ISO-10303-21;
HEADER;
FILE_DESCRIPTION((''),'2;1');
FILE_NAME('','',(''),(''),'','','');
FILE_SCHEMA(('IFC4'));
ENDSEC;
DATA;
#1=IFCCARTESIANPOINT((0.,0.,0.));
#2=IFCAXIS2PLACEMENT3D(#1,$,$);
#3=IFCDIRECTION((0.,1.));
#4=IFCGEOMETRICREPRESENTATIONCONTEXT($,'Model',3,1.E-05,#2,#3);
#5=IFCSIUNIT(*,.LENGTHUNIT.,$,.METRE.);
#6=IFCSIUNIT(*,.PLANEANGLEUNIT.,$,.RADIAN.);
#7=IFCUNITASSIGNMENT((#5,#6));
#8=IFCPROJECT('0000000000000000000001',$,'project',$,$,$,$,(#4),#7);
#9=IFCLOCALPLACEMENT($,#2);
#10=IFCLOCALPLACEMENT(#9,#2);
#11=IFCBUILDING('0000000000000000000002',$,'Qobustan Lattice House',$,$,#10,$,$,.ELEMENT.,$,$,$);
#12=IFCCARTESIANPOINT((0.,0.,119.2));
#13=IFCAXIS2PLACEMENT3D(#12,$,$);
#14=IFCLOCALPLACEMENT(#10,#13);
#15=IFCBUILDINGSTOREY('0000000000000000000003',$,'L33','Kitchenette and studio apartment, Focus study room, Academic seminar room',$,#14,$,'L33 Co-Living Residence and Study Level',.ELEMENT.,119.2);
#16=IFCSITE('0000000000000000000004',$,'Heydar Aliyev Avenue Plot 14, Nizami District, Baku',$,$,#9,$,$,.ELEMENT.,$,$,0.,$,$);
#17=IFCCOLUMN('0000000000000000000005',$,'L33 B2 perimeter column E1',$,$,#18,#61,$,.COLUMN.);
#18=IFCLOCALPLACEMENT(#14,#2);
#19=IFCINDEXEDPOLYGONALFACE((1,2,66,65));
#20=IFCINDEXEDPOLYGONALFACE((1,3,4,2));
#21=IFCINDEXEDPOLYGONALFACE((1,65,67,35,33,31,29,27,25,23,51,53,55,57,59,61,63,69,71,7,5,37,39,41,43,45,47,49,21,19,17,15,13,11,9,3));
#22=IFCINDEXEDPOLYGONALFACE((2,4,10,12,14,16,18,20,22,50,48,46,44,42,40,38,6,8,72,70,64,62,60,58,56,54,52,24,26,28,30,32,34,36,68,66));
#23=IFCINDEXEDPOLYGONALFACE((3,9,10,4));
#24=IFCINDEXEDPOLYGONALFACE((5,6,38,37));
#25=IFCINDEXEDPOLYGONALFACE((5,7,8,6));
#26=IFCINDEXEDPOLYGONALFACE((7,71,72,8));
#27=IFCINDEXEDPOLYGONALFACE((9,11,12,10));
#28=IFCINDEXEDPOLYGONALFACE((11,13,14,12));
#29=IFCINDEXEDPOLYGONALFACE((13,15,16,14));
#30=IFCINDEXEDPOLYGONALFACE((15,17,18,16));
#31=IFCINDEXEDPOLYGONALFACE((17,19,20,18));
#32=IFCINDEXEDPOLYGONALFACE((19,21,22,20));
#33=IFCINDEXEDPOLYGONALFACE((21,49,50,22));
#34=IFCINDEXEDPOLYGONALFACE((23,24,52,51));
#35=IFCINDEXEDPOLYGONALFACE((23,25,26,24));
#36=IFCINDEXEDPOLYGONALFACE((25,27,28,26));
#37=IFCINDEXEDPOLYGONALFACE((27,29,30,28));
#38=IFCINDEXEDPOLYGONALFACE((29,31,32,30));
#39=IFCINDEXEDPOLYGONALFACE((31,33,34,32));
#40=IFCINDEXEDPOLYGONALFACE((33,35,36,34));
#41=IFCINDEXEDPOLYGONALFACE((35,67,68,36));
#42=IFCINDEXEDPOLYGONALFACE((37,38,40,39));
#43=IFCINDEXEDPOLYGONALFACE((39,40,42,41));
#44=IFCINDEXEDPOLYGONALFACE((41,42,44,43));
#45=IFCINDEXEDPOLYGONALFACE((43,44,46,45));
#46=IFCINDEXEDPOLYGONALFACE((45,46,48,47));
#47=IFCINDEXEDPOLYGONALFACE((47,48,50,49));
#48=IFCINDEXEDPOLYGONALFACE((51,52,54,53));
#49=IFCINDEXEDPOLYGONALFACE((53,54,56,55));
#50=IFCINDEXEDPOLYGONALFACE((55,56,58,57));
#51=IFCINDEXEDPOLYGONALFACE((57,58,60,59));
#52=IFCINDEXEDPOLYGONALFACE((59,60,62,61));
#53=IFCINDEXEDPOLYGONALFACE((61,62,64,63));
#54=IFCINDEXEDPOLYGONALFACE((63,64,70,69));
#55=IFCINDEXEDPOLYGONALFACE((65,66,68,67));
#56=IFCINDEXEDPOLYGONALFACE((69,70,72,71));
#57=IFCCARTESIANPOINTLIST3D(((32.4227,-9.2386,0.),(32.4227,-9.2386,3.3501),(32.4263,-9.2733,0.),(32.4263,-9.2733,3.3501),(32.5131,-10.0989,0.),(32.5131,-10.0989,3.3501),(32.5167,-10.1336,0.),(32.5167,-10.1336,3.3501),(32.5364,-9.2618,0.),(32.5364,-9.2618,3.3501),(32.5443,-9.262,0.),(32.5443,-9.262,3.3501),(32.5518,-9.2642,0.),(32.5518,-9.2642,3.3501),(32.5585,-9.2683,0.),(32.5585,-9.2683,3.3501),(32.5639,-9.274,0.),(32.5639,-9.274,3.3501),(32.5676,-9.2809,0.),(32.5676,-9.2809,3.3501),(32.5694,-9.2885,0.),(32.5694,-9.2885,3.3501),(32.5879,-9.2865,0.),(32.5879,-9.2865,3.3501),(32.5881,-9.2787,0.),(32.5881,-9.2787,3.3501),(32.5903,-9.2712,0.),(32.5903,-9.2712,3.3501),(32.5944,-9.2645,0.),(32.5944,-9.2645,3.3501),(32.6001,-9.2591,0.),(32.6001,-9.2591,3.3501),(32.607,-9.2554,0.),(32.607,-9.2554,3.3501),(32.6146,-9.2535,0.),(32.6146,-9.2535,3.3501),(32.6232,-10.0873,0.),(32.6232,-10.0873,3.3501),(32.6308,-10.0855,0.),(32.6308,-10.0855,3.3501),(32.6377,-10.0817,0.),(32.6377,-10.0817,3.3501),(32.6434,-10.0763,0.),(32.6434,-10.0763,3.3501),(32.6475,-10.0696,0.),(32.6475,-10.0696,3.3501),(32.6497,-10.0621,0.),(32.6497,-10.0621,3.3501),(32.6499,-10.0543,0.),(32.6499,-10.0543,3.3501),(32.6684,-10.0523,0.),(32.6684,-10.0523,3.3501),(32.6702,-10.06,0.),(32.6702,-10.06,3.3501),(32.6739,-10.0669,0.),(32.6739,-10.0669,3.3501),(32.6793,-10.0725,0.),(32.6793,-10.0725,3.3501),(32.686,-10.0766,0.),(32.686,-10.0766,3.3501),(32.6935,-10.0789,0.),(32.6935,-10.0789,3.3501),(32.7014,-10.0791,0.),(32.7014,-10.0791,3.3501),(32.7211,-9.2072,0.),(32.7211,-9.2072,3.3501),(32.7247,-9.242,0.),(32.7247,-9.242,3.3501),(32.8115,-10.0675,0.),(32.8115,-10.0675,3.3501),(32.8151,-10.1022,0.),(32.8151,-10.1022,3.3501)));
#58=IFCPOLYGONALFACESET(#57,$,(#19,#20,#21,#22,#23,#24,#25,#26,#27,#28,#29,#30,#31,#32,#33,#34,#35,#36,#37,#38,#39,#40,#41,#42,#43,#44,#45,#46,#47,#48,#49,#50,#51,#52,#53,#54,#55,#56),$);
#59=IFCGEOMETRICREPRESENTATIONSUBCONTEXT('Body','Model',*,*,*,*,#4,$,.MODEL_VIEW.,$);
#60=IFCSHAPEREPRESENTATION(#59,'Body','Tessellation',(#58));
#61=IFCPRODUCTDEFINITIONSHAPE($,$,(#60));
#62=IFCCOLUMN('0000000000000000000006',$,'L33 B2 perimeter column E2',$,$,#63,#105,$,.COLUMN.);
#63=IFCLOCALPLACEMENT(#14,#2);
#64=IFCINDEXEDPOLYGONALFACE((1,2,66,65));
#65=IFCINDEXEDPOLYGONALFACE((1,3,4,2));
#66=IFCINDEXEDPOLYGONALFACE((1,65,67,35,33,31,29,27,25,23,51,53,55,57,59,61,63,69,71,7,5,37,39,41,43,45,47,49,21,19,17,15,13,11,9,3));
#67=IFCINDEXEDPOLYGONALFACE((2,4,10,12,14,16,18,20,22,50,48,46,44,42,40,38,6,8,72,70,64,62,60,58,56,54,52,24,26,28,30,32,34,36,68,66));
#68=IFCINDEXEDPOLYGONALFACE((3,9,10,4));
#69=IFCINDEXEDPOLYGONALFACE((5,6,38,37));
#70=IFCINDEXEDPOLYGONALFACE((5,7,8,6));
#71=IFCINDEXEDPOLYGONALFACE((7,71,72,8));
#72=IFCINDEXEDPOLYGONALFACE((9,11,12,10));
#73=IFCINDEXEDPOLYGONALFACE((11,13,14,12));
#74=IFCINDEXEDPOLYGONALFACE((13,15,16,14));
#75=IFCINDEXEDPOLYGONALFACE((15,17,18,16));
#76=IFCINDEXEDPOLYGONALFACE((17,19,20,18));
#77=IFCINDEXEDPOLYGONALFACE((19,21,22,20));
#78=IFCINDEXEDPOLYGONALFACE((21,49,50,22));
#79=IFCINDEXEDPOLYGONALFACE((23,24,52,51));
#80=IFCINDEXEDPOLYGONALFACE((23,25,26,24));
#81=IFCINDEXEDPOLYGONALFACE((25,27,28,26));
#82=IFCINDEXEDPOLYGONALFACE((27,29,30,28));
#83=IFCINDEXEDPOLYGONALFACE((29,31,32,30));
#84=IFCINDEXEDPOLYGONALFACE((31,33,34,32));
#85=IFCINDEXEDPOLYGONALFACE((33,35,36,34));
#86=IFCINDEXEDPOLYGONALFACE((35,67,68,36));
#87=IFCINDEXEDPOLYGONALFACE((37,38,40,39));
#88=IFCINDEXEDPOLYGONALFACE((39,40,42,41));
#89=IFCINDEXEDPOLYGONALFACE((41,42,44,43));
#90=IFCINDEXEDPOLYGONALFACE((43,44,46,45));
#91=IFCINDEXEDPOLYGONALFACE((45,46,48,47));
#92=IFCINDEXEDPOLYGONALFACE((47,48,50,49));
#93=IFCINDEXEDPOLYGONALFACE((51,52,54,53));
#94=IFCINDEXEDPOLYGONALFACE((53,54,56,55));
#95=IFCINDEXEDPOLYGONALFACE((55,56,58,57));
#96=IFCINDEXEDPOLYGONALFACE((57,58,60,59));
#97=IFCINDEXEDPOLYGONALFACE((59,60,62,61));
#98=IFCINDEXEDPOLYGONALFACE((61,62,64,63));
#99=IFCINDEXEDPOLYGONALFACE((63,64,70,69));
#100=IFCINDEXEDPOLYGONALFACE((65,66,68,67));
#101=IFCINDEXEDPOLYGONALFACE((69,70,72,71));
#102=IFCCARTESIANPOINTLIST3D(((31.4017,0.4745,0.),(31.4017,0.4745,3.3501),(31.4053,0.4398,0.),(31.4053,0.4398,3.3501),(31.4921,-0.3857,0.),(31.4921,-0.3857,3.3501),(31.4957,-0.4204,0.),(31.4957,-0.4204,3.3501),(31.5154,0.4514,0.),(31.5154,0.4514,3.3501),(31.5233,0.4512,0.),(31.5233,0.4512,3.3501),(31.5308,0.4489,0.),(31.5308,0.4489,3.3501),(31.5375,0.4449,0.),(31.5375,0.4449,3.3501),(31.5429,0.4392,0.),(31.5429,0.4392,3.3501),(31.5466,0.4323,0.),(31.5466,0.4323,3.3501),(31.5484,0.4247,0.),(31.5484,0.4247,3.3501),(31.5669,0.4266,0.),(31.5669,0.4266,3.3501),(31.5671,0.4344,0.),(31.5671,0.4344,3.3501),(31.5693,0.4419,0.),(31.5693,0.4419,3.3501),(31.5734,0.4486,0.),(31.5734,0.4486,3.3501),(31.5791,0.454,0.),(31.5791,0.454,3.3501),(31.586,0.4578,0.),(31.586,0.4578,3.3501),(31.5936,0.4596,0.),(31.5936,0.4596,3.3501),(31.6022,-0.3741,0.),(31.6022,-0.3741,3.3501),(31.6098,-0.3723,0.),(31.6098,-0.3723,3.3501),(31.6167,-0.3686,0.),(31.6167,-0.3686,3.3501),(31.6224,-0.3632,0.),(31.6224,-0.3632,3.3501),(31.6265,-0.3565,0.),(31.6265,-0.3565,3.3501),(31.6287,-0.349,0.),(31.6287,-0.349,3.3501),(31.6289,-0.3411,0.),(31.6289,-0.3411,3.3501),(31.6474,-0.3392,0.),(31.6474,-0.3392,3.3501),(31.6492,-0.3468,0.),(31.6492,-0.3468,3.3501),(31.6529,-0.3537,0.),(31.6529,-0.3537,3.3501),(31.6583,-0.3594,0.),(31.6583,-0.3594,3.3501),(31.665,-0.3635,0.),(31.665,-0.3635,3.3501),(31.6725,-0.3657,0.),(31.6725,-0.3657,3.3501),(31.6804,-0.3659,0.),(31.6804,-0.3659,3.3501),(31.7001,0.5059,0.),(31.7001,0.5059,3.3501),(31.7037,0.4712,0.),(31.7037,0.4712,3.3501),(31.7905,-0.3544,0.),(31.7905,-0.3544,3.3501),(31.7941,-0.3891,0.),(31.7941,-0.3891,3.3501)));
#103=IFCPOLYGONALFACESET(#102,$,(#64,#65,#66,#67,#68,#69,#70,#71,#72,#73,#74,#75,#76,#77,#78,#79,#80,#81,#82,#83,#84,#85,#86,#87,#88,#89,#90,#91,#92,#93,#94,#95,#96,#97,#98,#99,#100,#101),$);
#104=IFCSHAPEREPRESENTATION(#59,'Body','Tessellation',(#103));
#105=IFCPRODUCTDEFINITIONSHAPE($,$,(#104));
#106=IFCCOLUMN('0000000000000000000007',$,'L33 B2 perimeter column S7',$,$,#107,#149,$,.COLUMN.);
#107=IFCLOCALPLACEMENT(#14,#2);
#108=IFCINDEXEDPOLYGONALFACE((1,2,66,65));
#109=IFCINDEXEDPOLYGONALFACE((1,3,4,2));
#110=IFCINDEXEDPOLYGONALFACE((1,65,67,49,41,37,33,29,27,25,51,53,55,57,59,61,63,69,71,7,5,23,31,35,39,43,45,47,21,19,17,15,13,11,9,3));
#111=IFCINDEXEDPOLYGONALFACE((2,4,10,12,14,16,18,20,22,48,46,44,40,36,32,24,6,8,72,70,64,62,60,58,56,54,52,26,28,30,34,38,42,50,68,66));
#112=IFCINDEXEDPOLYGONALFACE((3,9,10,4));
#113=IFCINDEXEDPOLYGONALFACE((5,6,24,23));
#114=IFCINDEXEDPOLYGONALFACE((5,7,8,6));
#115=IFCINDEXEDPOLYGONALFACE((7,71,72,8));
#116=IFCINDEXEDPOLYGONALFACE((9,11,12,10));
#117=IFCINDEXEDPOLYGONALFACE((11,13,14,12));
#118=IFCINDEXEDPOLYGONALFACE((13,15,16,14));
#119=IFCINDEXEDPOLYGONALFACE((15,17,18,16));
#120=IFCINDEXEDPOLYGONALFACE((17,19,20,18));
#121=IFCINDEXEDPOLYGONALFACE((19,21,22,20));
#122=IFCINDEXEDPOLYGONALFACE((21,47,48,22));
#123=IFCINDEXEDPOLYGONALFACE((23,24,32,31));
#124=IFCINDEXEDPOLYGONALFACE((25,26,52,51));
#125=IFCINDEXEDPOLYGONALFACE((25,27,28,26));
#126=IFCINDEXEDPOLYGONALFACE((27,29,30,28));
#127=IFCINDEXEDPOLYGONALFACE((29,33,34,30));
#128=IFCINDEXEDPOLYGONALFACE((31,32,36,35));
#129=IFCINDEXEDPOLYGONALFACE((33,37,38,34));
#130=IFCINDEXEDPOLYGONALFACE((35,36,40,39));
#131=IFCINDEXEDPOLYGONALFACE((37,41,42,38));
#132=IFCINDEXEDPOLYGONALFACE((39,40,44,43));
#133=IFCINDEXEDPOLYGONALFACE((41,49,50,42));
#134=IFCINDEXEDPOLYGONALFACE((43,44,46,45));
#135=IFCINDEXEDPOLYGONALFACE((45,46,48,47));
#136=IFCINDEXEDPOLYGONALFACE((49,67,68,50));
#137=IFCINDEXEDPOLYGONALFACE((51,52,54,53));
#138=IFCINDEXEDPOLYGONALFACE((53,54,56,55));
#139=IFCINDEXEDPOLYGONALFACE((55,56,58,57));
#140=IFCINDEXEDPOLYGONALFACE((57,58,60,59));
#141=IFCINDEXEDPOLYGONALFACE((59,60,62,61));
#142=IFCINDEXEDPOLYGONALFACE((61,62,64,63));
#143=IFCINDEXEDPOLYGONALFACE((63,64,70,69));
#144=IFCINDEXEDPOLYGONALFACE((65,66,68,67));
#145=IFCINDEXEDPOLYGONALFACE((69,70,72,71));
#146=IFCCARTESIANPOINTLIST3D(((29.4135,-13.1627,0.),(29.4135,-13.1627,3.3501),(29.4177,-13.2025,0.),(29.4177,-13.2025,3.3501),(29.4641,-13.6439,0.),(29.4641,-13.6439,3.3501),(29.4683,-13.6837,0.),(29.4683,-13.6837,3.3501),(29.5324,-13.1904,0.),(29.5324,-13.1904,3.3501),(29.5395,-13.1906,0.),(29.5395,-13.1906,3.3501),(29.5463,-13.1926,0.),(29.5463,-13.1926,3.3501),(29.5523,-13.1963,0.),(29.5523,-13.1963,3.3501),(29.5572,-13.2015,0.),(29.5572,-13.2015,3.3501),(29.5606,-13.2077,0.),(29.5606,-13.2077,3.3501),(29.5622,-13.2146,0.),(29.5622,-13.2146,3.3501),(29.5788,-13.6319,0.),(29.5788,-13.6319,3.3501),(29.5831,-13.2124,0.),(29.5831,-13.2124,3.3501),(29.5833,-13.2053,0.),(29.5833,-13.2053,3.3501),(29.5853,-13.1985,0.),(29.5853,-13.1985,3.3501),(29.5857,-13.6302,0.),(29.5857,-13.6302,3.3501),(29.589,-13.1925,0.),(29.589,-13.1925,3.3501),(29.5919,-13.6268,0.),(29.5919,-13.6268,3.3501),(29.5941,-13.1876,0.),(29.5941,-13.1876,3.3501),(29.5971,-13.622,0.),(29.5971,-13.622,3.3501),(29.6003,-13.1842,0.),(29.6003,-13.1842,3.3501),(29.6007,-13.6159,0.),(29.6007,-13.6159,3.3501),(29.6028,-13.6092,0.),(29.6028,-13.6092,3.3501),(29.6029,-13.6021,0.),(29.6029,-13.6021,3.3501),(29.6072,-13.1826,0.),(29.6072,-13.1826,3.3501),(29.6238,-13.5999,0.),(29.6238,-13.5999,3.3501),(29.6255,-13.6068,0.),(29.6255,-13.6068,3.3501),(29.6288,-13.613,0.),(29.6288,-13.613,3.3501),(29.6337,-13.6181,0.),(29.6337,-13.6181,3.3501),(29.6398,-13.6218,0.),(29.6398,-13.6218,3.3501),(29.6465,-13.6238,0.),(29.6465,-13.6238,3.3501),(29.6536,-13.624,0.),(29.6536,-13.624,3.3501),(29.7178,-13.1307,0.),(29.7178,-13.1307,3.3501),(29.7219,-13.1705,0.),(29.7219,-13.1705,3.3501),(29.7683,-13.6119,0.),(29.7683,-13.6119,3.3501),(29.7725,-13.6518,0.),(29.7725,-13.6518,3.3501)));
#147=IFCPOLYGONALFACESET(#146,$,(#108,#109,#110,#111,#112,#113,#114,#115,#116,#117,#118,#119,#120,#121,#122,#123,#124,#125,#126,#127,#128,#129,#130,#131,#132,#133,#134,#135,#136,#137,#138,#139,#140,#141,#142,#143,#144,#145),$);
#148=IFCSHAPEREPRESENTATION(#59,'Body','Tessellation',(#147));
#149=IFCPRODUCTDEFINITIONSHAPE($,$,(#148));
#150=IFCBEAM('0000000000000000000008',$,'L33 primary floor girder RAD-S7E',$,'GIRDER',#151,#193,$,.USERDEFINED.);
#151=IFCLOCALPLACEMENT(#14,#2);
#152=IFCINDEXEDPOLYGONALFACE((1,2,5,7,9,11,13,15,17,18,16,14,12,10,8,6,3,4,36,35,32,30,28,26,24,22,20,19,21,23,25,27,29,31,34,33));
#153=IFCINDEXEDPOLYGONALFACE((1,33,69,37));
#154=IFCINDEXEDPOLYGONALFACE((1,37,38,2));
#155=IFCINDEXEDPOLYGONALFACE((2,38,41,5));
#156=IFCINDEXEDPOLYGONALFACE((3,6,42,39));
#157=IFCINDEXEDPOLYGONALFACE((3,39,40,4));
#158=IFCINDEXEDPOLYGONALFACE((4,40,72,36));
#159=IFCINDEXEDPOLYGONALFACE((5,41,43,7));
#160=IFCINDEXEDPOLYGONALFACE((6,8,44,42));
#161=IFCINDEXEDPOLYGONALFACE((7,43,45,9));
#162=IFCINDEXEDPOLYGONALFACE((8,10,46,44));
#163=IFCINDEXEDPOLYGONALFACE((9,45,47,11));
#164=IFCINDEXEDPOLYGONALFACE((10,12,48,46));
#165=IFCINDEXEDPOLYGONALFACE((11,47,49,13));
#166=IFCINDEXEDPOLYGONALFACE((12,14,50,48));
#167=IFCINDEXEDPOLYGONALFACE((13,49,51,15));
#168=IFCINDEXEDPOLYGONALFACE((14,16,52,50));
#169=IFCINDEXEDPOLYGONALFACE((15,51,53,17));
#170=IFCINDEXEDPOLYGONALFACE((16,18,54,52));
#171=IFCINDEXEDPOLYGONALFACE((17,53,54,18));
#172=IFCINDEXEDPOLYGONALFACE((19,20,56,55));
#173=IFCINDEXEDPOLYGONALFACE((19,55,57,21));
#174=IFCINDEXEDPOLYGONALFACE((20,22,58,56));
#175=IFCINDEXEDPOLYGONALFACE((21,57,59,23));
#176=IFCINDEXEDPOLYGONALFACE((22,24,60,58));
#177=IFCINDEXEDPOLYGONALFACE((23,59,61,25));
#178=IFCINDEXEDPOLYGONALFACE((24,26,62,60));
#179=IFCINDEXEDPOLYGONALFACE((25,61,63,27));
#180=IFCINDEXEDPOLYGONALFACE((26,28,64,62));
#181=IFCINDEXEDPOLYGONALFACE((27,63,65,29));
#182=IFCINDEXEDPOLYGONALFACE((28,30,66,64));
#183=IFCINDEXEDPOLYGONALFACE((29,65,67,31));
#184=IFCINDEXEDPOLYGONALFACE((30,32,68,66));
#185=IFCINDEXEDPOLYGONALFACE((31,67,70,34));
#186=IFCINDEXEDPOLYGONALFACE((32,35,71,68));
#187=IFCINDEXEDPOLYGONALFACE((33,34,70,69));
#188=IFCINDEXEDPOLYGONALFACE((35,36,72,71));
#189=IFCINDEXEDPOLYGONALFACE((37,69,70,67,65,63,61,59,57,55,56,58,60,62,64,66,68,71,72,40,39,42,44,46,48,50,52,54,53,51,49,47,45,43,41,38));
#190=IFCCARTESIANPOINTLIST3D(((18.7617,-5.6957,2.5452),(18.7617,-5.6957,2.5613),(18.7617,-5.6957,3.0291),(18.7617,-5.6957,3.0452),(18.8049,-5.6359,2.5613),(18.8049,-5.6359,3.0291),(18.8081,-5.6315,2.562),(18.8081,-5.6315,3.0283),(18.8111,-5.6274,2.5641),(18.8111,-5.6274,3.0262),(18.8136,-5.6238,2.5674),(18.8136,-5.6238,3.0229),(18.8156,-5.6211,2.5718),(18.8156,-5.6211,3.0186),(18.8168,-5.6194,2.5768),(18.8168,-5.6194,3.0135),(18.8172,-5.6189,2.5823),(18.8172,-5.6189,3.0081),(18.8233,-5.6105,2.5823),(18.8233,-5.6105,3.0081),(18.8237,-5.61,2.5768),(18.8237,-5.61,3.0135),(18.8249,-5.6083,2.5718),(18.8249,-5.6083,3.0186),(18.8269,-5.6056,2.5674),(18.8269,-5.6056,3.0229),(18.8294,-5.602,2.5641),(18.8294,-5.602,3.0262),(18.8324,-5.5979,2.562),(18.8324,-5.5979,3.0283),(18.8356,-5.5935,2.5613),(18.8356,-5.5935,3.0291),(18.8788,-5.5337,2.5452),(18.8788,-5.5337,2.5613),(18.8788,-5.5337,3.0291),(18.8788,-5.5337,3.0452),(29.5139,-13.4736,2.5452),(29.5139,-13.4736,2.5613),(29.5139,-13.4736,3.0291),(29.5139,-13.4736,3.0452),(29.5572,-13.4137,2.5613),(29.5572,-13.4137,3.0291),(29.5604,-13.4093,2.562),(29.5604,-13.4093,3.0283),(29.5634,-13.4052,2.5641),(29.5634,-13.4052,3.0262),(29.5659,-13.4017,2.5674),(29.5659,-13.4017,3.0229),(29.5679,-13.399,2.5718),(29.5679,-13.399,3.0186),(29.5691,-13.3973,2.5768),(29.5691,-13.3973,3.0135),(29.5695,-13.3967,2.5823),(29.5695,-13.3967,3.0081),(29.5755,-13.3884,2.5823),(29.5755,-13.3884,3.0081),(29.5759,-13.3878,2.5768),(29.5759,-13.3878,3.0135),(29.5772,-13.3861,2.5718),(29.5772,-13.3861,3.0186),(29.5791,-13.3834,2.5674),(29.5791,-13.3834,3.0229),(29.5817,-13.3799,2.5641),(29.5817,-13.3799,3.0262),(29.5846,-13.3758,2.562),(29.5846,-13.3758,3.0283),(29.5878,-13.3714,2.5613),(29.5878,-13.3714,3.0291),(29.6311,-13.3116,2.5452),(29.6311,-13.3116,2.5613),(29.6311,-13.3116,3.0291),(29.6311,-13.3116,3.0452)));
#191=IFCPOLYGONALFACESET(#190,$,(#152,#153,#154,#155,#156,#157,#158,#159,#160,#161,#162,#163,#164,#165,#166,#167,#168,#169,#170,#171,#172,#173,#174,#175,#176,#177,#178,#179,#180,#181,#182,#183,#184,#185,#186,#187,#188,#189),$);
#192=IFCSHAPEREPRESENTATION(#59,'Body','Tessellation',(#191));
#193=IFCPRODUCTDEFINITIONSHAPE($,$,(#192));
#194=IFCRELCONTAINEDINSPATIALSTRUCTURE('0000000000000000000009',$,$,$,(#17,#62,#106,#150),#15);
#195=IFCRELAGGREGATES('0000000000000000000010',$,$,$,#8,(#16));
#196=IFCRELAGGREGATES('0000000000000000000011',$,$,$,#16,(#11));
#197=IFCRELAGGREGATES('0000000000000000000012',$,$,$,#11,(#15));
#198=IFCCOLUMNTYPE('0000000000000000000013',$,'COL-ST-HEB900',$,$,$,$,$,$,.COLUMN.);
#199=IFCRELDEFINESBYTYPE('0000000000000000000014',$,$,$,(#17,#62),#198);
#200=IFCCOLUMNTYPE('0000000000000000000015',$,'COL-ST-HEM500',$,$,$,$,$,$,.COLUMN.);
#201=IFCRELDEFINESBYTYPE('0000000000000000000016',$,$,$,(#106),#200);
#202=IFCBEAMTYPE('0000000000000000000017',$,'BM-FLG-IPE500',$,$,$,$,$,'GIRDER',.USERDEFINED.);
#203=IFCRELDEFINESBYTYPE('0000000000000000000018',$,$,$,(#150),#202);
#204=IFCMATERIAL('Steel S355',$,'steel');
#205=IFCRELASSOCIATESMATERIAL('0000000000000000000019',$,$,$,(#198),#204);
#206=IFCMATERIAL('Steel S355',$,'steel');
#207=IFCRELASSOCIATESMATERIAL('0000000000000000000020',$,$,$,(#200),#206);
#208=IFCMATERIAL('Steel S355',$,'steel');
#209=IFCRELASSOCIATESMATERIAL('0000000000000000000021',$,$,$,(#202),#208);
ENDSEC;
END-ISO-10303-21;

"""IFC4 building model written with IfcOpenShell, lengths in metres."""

from ifc_helpers import new_model, si_unit, direction, frame, origin, origin_2d, place, context, subcontext, project, spatial, i_section, extrude, material, material_profile, profile_set, type_object, element, save


model = new_model("IFC4")

# Units and contexts
model_context = context("Model", 3, precision=1e-05, world=origin(), true_north=direction((0.0, 1.0)))
body_context = subcontext(model_context, "Body", "Model", "MODEL_VIEW")
ifc_project = project(units=[si_unit("LENGTHUNIT", "METRE"), si_unit("PLANEANGLEUNIT", "RADIAN")], contexts=[model_context])

# Site, building, storey
site_placement = place(None, origin())
site = spatial("IfcSite", under=ifc_project, at=site_placement, Name="Heydar Aliyev Avenue Plot 14, Nizami District, Baku", CompositionType="ELEMENT", RefElevation=0.0)
building_placement = place(site_placement, origin())
building = spatial("IfcBuilding", under=site, at=building_placement, Name="Qobustan Lattice House", CompositionType="ELEMENT")
storey_placement = place(building_placement, frame((0.0, 0.0, 119.2)))
storey = spatial("IfcBuildingStorey", under=building, at=storey_placement, Name="L33", Description="Kitchenette and studio apartment, Focus study room, Academic seminar room", LongName="L33 Co-Living Residence and Study Level", CompositionType="ELEMENT", Elevation=119.2)

# Columns
ifc_material_1 = material(Name="Steel S355", Category="steel")
ifc_material_profile_1 = material_profile(ifc_material_1, i_section(OverallWidth=0.3, OverallDepth=0.8999, WebThickness=0.0186, FlangeThickness=0.0349, FilletRadius=0.03, at=origin_2d()), Name="HEB900")
ifc_profile_set_1 = profile_set([ifc_material_profile_1], Name="Steel S355")
column_type_1 = type_object("IfcColumnType", Name="COL-ST-HEB900", PredefinedType="COLUMN", material=ifc_profile_set_1)
for number, where, z_axis, x_axis, name in (
    (1, (32.6189, -9.6704, 0.0), (0.0, 0.0, 1.0), (0.994522, 0.104528, 0.0), "L33 B2 perimeter column E1"),
    (2, (31.5979, 0.0427, 0.0), (0.0, 0.0, 1.0), (0.994522, 0.104528, 0.0), "L33 B2 perimeter column E2"),
):
    element("IfcColumn", number, at=place(storey_placement, frame(where, z_axis=z_axis, x_axis=x_axis)), inside=storey, type_object=column_type_1, Name=name, PredefinedType="COLUMN", context=body_context, shape_type="SweptSolid", body=[
        extrude(i_section(OverallWidth=0.3, OverallDepth=0.8999, WebThickness=0.0186, FlangeThickness=0.0349, FilletRadius=0.03, at=origin_2d()), origin(), (0.0, 0.0, 1.0), 3.3501),
    ])
ifc_material_2 = material(Name="Steel S355", Category="steel")
ifc_material_profile_2 = material_profile(ifc_material_2, i_section(OverallWidth=0.3059, OverallDepth=0.5239, WebThickness=0.021, FlangeThickness=0.04, FilletRadius=0.0271, at=origin_2d()), Name="HEM500")
ifc_profile_set_2 = profile_set([ifc_material_profile_2], Name="Steel S355")
column_type_2 = type_object("IfcColumnType", Name="COL-ST-HEM500", PredefinedType="COLUMN", material=ifc_profile_set_2)
column_placement = place(storey_placement, frame((29.593, -13.4072, 0.0), z_axis=(0.0, 0.0, 1.0), x_axis=(0.994522, 0.104528, 0.0)))
element("IfcColumn", 3, at=column_placement, inside=storey, type_object=column_type_2, Name="L33 B2 perimeter column S7", PredefinedType="COLUMN", context=body_context, shape_type="SweptSolid", body=[
    extrude(i_section(OverallWidth=0.3059, OverallDepth=0.5239, WebThickness=0.021, FlangeThickness=0.04, FilletRadius=0.0271, at=origin_2d()), origin(), (0.0, 0.0, 1.0), 3.3501),
])

# Beam
ifc_material_3 = material(Name="Steel S355", Category="steel")
ifc_material_profile_3 = material_profile(ifc_material_3, i_section(OverallWidth=0.2, OverallDepth=0.5, WebThickness=0.0103, FlangeThickness=0.0161, FilletRadius=0.021, at=origin_2d()), Name="IPE500")
ifc_profile_set_3 = profile_set([ifc_material_profile_3], Name="Steel S355")
beam_type_1 = type_object("IfcBeamType", Name="BM-FLG-IPE500", ElementType="GIRDER", PredefinedType="USERDEFINED", material=ifc_profile_set_3)
beam_1_placement = place(storey_placement, frame((29.5725, -13.3926, 2.7952), z_axis=(-0.810237, 0.586102, 0.0), x_axis=(-0.586102, -0.810237, 0.0)))
element("IfcBeam", 4, at=beam_1_placement, inside=storey, type_object=beam_type_1, Name="L33 primary floor girder RAD-S7E", ObjectType="GIRDER", PredefinedType="USERDEFINED", context=body_context, shape_type="SweptSolid", body=[
    extrude(i_section(OverallWidth=0.2, OverallDepth=0.5, WebThickness=0.0103, FlangeThickness=0.0161, FilletRadius=0.021, at=origin_2d()), origin(), (0.0, 0.0, 1.0), 13.2705),
])

save(model, "model.ifc")
